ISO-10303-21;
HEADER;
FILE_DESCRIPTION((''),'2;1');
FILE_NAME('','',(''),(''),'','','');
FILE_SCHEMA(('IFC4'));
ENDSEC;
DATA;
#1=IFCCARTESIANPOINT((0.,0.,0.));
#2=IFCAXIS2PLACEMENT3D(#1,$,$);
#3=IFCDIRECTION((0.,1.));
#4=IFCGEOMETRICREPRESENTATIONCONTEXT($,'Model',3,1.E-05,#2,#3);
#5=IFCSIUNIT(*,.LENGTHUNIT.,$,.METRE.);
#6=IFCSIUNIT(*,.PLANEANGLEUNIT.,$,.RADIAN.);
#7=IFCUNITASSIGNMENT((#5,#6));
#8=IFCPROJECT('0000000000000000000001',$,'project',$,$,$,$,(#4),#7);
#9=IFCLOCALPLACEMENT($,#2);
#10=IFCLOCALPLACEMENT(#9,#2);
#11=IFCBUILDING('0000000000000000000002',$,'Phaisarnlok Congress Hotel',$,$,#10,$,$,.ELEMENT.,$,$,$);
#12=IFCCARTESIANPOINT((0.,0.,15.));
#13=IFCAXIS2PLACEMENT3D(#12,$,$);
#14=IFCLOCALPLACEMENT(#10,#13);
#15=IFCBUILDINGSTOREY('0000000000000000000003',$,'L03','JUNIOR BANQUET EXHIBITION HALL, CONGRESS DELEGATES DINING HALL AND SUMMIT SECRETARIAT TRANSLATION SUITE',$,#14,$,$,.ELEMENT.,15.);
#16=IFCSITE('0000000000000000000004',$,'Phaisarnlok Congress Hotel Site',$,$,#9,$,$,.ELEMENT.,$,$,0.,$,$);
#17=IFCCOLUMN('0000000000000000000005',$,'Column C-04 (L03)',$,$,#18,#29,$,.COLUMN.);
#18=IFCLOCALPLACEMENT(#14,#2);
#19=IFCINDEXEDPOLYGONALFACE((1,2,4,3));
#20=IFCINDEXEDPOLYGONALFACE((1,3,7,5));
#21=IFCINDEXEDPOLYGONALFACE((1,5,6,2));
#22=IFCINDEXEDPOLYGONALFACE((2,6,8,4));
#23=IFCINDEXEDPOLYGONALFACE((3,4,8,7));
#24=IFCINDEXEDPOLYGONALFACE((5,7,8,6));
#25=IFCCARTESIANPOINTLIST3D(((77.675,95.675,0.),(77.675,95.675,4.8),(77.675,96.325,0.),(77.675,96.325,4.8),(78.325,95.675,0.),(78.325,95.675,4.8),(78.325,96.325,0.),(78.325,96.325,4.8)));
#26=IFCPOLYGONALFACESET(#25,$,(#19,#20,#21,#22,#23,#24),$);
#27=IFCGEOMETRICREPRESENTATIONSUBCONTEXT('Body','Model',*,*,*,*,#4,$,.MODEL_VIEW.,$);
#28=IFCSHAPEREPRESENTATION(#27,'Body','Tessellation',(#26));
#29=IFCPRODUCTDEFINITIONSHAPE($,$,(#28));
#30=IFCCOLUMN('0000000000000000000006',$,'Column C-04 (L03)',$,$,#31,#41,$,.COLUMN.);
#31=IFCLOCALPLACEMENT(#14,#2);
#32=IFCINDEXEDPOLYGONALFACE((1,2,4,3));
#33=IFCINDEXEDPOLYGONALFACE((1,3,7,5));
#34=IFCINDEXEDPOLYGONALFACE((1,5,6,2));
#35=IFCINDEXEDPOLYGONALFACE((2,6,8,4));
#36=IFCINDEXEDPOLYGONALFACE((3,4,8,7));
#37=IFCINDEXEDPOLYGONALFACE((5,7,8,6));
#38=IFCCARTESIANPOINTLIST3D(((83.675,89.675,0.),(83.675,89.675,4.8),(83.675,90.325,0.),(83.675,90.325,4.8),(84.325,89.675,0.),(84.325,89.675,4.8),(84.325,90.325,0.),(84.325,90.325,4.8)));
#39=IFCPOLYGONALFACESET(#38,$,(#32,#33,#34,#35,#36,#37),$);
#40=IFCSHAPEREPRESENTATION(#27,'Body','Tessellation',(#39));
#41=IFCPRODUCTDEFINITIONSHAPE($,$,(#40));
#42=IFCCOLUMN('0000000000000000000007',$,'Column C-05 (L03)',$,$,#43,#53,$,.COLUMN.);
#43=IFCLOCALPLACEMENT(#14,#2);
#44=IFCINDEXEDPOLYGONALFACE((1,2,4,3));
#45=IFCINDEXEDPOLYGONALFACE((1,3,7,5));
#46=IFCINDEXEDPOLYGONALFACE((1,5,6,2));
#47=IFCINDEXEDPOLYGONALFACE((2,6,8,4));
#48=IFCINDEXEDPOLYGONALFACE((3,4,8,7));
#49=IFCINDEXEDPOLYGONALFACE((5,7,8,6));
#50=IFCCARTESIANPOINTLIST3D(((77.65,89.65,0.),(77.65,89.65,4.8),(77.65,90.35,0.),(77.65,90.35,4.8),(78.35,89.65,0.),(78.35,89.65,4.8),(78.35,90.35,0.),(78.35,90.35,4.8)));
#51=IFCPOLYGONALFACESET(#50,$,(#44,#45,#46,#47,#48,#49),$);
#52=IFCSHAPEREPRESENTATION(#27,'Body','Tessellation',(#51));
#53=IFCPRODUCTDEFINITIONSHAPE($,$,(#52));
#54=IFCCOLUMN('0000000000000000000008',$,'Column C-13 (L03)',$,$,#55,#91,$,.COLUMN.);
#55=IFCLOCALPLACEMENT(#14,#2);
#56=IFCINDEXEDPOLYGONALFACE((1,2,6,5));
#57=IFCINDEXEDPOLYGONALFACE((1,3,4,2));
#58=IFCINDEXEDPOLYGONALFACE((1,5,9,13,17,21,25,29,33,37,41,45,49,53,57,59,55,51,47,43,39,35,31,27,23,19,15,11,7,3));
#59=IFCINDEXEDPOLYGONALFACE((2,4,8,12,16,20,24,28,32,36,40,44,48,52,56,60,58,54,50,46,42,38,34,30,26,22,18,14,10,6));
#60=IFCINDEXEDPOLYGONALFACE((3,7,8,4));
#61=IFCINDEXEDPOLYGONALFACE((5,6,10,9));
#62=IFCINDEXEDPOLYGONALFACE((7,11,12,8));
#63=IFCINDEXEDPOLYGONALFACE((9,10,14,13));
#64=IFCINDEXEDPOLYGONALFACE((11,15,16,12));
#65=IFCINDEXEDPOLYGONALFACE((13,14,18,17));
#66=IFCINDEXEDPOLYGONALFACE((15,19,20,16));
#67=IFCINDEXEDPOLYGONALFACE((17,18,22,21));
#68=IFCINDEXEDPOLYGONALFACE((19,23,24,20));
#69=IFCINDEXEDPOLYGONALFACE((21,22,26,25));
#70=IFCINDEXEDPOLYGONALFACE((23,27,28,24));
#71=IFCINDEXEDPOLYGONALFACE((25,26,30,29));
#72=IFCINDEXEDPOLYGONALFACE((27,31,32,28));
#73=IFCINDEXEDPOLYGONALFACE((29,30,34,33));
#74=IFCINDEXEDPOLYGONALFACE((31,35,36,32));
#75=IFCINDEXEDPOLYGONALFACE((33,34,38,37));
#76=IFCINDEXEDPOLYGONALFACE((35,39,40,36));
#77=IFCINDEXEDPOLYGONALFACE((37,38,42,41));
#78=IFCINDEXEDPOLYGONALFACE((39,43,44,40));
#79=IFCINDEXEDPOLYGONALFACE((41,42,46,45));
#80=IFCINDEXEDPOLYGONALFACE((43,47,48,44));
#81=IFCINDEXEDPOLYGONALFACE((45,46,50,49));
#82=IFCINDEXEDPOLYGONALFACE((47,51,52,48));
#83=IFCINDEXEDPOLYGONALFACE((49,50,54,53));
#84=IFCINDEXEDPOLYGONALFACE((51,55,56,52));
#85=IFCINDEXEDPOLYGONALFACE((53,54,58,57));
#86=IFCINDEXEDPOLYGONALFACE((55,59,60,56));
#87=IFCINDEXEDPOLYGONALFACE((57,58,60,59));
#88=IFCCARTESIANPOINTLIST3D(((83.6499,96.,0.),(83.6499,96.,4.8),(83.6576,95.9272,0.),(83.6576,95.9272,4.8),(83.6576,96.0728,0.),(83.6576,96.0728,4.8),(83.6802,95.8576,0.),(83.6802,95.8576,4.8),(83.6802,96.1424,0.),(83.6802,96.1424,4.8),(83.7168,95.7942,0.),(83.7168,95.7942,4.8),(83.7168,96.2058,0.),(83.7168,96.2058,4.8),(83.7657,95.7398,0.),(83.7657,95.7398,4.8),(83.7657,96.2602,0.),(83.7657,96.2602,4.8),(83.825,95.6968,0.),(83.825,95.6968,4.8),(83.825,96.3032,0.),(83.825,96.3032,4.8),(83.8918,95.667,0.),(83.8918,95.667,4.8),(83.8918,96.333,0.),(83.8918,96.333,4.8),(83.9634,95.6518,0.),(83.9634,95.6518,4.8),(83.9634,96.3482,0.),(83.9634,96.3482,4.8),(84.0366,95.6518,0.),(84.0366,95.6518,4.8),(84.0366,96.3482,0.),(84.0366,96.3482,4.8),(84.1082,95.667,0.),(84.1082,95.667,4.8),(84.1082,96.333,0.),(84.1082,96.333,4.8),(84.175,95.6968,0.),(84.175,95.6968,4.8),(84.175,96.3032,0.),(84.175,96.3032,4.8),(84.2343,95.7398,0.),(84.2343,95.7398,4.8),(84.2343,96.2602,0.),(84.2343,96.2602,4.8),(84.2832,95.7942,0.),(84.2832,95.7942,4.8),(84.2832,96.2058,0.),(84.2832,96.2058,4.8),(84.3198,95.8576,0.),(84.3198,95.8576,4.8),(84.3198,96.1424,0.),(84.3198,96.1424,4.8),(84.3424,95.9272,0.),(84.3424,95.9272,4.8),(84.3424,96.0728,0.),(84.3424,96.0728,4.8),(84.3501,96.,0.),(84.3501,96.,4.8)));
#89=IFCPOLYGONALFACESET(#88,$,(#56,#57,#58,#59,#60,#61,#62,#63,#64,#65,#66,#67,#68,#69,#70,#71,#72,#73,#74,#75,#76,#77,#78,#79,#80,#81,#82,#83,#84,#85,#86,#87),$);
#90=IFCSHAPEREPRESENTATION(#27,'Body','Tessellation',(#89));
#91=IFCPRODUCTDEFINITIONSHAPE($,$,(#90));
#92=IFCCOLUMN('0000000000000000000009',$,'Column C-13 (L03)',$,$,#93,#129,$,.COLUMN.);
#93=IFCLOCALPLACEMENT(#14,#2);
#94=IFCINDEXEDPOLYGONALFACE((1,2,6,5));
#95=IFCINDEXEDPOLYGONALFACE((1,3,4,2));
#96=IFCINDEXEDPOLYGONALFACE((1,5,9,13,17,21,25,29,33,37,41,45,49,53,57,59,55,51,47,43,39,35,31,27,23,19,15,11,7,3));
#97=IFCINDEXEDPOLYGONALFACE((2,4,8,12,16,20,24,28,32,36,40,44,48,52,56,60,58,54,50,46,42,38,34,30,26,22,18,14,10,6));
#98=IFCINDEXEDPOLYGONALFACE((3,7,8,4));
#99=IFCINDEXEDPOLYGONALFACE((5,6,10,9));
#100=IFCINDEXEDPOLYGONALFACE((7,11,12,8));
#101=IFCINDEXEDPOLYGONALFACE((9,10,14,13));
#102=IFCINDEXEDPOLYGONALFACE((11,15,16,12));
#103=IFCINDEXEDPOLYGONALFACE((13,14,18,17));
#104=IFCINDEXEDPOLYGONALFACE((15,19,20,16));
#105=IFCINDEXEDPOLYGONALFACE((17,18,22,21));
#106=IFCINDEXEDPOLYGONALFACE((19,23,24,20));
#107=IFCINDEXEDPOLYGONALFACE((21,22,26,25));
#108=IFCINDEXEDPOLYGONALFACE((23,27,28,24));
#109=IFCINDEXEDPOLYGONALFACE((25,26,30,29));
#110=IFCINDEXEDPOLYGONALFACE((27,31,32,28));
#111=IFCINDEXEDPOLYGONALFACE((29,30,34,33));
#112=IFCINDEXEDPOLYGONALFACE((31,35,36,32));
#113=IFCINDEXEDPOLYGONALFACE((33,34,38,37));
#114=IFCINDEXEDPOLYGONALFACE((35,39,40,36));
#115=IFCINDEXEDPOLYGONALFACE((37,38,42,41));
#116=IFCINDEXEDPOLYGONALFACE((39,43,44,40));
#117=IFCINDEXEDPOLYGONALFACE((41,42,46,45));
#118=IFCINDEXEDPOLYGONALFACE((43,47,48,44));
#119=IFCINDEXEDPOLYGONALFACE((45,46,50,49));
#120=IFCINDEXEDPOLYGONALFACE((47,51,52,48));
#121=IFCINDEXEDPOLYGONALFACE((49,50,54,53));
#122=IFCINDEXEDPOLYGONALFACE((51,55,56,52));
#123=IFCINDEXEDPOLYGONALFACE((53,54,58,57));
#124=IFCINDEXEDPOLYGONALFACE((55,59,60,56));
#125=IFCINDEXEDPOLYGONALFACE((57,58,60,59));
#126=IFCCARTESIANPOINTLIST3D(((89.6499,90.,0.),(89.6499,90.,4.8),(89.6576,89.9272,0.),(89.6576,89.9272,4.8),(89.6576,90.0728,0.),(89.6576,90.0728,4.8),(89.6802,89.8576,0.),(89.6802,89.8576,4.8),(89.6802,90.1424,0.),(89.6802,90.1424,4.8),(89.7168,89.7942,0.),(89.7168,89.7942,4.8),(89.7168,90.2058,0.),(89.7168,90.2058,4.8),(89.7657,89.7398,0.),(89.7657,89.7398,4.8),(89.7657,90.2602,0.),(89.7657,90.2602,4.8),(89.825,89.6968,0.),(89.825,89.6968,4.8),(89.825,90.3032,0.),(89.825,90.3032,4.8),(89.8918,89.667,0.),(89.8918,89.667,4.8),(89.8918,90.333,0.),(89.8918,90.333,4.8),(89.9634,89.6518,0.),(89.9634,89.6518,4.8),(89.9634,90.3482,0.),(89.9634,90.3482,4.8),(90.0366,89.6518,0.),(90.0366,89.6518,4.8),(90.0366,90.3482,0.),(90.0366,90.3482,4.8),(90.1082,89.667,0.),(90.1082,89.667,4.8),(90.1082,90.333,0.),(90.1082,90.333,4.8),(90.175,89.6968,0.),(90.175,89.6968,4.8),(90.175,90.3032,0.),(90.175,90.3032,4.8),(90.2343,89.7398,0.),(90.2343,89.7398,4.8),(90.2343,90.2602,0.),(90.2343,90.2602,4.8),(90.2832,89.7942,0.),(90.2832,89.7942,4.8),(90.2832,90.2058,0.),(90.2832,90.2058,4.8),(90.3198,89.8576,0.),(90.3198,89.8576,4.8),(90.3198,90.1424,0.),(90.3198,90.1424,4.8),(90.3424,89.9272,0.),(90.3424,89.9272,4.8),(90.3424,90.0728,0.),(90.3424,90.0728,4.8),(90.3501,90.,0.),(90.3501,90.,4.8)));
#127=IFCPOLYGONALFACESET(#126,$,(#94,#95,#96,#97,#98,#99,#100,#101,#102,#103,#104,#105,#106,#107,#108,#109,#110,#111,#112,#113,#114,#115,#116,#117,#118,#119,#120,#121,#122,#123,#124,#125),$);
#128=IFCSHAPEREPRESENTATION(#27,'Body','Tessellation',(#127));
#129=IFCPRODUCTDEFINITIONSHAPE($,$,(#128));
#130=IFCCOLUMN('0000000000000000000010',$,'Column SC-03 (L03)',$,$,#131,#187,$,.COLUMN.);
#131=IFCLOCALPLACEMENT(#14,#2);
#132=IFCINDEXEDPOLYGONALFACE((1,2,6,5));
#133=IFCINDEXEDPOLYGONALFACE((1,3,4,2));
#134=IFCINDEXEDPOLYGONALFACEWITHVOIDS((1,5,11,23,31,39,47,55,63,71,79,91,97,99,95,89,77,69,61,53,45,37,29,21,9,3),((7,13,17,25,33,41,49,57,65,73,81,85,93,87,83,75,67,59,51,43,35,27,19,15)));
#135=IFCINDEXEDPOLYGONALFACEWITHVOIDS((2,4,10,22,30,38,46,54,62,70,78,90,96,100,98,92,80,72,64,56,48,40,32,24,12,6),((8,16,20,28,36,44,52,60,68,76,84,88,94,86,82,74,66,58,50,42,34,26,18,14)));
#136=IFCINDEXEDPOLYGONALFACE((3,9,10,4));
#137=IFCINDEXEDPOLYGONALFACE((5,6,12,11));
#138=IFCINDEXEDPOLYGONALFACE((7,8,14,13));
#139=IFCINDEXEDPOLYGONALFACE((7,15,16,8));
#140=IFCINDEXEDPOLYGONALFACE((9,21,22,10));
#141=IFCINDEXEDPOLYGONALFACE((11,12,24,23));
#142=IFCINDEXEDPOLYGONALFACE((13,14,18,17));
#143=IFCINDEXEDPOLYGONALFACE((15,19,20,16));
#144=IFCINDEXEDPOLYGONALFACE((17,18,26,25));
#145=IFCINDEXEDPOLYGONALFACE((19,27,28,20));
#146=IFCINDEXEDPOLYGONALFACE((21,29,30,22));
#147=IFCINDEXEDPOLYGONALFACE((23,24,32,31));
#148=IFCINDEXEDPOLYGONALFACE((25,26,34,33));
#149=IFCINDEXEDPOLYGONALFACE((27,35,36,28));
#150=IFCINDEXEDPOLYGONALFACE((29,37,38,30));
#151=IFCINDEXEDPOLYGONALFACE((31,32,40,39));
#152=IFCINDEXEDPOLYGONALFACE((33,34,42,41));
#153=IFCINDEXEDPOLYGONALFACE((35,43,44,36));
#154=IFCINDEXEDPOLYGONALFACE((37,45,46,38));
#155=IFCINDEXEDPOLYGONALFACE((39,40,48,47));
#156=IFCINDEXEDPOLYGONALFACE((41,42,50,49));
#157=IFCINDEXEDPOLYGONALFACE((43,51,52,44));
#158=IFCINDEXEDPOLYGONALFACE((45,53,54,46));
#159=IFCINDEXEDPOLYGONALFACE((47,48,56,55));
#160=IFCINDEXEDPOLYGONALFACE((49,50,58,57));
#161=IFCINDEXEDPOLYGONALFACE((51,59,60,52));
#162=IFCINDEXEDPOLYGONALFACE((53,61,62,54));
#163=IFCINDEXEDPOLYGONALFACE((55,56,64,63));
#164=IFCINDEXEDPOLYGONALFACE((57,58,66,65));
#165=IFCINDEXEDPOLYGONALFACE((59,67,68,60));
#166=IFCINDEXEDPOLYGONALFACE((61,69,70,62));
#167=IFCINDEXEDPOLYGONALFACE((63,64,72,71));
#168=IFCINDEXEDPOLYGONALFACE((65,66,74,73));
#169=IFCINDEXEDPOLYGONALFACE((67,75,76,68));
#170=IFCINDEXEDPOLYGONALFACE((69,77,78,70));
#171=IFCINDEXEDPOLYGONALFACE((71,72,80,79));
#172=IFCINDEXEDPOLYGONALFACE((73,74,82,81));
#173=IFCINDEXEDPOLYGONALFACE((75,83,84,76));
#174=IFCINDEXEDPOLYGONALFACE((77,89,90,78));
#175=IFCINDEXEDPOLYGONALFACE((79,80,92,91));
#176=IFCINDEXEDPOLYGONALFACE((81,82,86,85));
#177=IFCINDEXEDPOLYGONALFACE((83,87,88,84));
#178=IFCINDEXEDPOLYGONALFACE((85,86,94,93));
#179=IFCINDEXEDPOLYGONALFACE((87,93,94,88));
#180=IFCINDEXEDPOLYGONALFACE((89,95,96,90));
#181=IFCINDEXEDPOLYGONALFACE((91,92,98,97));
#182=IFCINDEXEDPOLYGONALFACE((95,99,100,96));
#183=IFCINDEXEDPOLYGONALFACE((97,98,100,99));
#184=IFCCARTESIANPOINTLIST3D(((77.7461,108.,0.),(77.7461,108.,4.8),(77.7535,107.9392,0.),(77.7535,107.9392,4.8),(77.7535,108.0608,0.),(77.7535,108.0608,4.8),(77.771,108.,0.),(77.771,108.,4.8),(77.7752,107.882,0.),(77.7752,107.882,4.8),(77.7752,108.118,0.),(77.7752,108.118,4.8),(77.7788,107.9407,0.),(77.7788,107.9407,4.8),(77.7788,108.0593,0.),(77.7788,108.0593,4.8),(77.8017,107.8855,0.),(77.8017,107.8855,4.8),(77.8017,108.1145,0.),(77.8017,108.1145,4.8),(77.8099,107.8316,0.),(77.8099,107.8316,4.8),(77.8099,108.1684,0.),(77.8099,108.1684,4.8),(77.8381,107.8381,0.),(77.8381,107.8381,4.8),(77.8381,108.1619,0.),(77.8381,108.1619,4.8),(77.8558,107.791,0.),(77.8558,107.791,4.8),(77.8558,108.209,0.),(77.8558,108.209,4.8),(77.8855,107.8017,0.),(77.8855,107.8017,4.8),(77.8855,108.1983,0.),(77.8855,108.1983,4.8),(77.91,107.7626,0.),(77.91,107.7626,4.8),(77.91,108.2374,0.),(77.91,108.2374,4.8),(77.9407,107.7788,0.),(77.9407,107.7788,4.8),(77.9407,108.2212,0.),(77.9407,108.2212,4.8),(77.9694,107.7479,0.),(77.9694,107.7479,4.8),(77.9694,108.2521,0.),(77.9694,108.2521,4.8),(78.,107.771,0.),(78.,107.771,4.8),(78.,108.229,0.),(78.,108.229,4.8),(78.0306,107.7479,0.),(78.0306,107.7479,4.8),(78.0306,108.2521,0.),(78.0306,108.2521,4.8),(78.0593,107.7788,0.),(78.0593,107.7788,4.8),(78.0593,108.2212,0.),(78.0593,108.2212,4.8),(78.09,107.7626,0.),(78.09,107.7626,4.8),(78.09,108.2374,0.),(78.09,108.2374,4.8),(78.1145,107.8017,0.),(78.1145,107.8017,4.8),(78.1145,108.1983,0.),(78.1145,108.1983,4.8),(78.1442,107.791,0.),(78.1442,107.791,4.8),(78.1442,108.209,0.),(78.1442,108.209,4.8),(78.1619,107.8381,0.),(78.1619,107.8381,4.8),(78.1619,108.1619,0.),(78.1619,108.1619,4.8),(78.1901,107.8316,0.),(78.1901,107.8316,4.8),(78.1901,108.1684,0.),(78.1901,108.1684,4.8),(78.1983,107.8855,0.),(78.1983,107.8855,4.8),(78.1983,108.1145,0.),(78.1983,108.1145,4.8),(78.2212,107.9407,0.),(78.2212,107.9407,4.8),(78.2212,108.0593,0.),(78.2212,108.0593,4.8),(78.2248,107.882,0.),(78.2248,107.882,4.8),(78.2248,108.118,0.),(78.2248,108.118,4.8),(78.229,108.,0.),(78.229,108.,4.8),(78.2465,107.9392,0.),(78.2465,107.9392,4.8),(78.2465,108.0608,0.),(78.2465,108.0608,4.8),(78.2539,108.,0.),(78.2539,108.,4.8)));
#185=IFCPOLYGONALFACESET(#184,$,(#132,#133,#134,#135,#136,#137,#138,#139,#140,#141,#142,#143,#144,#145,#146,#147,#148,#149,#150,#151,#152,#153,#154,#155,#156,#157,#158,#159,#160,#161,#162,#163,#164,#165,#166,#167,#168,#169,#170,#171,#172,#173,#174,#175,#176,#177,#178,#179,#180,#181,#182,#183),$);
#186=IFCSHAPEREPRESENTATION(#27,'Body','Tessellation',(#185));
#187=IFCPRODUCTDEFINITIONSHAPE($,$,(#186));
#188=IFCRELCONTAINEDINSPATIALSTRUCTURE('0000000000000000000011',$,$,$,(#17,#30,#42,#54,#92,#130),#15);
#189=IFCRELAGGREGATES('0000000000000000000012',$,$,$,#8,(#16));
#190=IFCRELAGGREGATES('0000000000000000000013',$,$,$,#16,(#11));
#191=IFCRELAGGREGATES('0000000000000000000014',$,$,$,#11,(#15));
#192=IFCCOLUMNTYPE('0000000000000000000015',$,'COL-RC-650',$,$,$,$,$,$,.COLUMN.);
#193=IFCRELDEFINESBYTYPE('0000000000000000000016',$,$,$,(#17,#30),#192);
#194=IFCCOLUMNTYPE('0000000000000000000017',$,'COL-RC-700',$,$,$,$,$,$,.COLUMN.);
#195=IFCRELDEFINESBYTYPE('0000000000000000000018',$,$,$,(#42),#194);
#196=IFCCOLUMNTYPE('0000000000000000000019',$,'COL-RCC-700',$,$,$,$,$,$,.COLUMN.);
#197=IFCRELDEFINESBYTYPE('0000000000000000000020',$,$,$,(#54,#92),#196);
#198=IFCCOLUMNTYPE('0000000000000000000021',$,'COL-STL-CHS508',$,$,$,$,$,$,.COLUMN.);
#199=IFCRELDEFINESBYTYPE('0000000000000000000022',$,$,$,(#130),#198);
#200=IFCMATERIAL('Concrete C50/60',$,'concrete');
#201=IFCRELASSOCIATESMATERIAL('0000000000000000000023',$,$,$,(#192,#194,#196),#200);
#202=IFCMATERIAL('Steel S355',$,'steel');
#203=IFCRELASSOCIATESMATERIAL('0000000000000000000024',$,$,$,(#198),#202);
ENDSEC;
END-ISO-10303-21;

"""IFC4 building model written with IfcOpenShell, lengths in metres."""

from ifc_helpers import new_model, si_unit, direction, frame, origin, origin_2d, place, context, subcontext, project, spatial, rectangle, circle, hollow_circle, extrude, material, material_profile, profile_set, type_object, element, save


model = new_model("IFC4")

# Units and contexts
model_context = context("Model", 3, precision=1e-05, world=origin(), true_north=direction((0.0, 1.0)))
body_context = subcontext(model_context, "Body", "Model", "MODEL_VIEW")
ifc_project = project(units=[si_unit("LENGTHUNIT", "METRE"), si_unit("PLANEANGLEUNIT", "RADIAN")], contexts=[model_context])

# Site, building, storey
site_placement = place(None, origin())
site = spatial("IfcSite", under=ifc_project, at=site_placement, Name="Phaisarnlok Congress Hotel Site", CompositionType="ELEMENT", RefElevation=0.0)
building_placement = place(site_placement, origin())
building = spatial("IfcBuilding", under=site, at=building_placement, Name="Phaisarnlok Congress Hotel", CompositionType="ELEMENT")
storey_placement = place(building_placement, frame((0.0, 0.0, 15.0)))
storey = spatial("IfcBuildingStorey", under=building, at=storey_placement, Name="L03", Description="JUNIOR BANQUET EXHIBITION HALL, CONGRESS DELEGATES DINING HALL AND SUMMIT SECRETARIAT TRANSLATION SUITE", CompositionType="ELEMENT", Elevation=15.0)

# Columns
ifc_material_1 = material(Name="Concrete C50/60", Category="concrete")
ifc_material_profile_1 = material_profile(ifc_material_1, rectangle(XDim=0.6499, YDim=0.6499, at=origin_2d()), Name="RC 650x650")
ifc_profile_set_1 = profile_set([ifc_material_profile_1], Name="Concrete C50/60")
column_type_1 = type_object("IfcColumnType", Name="COL-RC-650", PredefinedType="COLUMN", material=ifc_profile_set_1)
for number, where, z_axis, x_axis, name in (
    (1, (78.0, 96.0, 0.0), (0.0, 0.0, 1.0), (1.0, 0.0, 0.0), "Column C-04 (L03)"),
    (2, (84.0, 90.0, 0.0), (0.0, 0.0, 1.0), (1.0, 0.0, 0.0), "Column C-04 (L03)"),
):
    element("IfcColumn", number, at=place(storey_placement, frame(where, z_axis=z_axis, x_axis=x_axis)), inside=storey, type_object=column_type_1, Name=name, PredefinedType="COLUMN", context=body_context, shape_type="SweptSolid", body=[
        extrude(rectangle(XDim=0.6499, YDim=0.6499, at=origin_2d()), origin(), (0.0, 0.0, 1.0), 4.8),
    ])
ifc_material_profile_2 = material_profile(ifc_material_1, rectangle(XDim=0.7, YDim=0.7, at=origin_2d()), Name="RC 700x700")
ifc_profile_set_2 = profile_set([ifc_material_profile_2], Name="Concrete C50/60")
column_type_2 = type_object("IfcColumnType", Name="COL-RC-700", PredefinedType="COLUMN", material=ifc_profile_set_2)
column_placement = place(storey_placement, frame((78.0, 90.0, 0.0), z_axis=(0.0, 0.0, 1.0), x_axis=(1.0, 0.0, 0.0)))
element("IfcColumn", 3, at=column_placement, inside=storey, type_object=column_type_2, Name="Column C-05 (L03)", PredefinedType="COLUMN", context=body_context, shape_type="SweptSolid", body=[
    extrude(rectangle(XDim=0.7, YDim=0.7, at=origin_2d()), origin(), (0.0, 0.0, 1.0), 4.8),
])
ifc_material_profile_3 = material_profile(ifc_material_1, circle(Radius=0.3501, at=origin_2d()), Name="RCC D700")
ifc_profile_set_3 = profile_set([ifc_material_profile_3], Name="Concrete C50/60")
column_type_3 = type_object("IfcColumnType", Name="COL-RCC-700", PredefinedType="COLUMN", material=ifc_profile_set_3)
for number, where, z_axis, x_axis, name in (
    (4, (84.0, 96.0, 0.0), (0.0, 0.0, 1.0), (1.0, 0.0, 0.0), "Column C-13 (L03)"),
    (5, (90.0, 90.0, 0.0), (0.0, 0.0, 1.0), (1.0, 0.0, 0.0), "Column C-13 (L03)"),
):
    element("IfcColumn", number, at=place(storey_placement, frame(where, z_axis=z_axis, x_axis=x_axis)), inside=storey, type_object=column_type_3, Name=name, PredefinedType="COLUMN", context=body_context, shape_type="SweptSolid", body=[
        extrude(circle(Radius=0.3501, at=origin_2d()), origin(), (0.0, 0.0, 1.0), 4.8),
    ])
ifc_material_2 = material(Name="Steel S355", Category="steel")
ifc_material_profile_4 = material_profile(ifc_material_2, hollow_circle(Radius=0.2539, WallThickness=0.0249, at=origin_2d()), Name="CHS 508x25")
ifc_profile_set_4 = profile_set([ifc_material_profile_4], Name="Steel S355")
column_type_4 = type_object("IfcColumnType", Name="COL-STL-CHS508", PredefinedType="COLUMN", material=ifc_profile_set_4)
for number, where, z_axis, x_axis, name in (
    (6, (78.0, 108.0, 0.0), (0.0, 0.0, 1.0), (1.0, 0.0, 0.0), "Column SC-03 (L03)"),
):
    element("IfcColumn", number, at=place(storey_placement, frame(where, z_axis=z_axis, x_axis=x_axis)), inside=storey, type_object=column_type_4, Name=name, PredefinedType="COLUMN", context=body_context, shape_type="SweptSolid", body=[
        extrude(hollow_circle(Radius=0.2539, WallThickness=0.0249, at=origin_2d()), origin(), (0.0, 0.0, 1.0), 4.8),
    ])

save(model, "model.ifc")
